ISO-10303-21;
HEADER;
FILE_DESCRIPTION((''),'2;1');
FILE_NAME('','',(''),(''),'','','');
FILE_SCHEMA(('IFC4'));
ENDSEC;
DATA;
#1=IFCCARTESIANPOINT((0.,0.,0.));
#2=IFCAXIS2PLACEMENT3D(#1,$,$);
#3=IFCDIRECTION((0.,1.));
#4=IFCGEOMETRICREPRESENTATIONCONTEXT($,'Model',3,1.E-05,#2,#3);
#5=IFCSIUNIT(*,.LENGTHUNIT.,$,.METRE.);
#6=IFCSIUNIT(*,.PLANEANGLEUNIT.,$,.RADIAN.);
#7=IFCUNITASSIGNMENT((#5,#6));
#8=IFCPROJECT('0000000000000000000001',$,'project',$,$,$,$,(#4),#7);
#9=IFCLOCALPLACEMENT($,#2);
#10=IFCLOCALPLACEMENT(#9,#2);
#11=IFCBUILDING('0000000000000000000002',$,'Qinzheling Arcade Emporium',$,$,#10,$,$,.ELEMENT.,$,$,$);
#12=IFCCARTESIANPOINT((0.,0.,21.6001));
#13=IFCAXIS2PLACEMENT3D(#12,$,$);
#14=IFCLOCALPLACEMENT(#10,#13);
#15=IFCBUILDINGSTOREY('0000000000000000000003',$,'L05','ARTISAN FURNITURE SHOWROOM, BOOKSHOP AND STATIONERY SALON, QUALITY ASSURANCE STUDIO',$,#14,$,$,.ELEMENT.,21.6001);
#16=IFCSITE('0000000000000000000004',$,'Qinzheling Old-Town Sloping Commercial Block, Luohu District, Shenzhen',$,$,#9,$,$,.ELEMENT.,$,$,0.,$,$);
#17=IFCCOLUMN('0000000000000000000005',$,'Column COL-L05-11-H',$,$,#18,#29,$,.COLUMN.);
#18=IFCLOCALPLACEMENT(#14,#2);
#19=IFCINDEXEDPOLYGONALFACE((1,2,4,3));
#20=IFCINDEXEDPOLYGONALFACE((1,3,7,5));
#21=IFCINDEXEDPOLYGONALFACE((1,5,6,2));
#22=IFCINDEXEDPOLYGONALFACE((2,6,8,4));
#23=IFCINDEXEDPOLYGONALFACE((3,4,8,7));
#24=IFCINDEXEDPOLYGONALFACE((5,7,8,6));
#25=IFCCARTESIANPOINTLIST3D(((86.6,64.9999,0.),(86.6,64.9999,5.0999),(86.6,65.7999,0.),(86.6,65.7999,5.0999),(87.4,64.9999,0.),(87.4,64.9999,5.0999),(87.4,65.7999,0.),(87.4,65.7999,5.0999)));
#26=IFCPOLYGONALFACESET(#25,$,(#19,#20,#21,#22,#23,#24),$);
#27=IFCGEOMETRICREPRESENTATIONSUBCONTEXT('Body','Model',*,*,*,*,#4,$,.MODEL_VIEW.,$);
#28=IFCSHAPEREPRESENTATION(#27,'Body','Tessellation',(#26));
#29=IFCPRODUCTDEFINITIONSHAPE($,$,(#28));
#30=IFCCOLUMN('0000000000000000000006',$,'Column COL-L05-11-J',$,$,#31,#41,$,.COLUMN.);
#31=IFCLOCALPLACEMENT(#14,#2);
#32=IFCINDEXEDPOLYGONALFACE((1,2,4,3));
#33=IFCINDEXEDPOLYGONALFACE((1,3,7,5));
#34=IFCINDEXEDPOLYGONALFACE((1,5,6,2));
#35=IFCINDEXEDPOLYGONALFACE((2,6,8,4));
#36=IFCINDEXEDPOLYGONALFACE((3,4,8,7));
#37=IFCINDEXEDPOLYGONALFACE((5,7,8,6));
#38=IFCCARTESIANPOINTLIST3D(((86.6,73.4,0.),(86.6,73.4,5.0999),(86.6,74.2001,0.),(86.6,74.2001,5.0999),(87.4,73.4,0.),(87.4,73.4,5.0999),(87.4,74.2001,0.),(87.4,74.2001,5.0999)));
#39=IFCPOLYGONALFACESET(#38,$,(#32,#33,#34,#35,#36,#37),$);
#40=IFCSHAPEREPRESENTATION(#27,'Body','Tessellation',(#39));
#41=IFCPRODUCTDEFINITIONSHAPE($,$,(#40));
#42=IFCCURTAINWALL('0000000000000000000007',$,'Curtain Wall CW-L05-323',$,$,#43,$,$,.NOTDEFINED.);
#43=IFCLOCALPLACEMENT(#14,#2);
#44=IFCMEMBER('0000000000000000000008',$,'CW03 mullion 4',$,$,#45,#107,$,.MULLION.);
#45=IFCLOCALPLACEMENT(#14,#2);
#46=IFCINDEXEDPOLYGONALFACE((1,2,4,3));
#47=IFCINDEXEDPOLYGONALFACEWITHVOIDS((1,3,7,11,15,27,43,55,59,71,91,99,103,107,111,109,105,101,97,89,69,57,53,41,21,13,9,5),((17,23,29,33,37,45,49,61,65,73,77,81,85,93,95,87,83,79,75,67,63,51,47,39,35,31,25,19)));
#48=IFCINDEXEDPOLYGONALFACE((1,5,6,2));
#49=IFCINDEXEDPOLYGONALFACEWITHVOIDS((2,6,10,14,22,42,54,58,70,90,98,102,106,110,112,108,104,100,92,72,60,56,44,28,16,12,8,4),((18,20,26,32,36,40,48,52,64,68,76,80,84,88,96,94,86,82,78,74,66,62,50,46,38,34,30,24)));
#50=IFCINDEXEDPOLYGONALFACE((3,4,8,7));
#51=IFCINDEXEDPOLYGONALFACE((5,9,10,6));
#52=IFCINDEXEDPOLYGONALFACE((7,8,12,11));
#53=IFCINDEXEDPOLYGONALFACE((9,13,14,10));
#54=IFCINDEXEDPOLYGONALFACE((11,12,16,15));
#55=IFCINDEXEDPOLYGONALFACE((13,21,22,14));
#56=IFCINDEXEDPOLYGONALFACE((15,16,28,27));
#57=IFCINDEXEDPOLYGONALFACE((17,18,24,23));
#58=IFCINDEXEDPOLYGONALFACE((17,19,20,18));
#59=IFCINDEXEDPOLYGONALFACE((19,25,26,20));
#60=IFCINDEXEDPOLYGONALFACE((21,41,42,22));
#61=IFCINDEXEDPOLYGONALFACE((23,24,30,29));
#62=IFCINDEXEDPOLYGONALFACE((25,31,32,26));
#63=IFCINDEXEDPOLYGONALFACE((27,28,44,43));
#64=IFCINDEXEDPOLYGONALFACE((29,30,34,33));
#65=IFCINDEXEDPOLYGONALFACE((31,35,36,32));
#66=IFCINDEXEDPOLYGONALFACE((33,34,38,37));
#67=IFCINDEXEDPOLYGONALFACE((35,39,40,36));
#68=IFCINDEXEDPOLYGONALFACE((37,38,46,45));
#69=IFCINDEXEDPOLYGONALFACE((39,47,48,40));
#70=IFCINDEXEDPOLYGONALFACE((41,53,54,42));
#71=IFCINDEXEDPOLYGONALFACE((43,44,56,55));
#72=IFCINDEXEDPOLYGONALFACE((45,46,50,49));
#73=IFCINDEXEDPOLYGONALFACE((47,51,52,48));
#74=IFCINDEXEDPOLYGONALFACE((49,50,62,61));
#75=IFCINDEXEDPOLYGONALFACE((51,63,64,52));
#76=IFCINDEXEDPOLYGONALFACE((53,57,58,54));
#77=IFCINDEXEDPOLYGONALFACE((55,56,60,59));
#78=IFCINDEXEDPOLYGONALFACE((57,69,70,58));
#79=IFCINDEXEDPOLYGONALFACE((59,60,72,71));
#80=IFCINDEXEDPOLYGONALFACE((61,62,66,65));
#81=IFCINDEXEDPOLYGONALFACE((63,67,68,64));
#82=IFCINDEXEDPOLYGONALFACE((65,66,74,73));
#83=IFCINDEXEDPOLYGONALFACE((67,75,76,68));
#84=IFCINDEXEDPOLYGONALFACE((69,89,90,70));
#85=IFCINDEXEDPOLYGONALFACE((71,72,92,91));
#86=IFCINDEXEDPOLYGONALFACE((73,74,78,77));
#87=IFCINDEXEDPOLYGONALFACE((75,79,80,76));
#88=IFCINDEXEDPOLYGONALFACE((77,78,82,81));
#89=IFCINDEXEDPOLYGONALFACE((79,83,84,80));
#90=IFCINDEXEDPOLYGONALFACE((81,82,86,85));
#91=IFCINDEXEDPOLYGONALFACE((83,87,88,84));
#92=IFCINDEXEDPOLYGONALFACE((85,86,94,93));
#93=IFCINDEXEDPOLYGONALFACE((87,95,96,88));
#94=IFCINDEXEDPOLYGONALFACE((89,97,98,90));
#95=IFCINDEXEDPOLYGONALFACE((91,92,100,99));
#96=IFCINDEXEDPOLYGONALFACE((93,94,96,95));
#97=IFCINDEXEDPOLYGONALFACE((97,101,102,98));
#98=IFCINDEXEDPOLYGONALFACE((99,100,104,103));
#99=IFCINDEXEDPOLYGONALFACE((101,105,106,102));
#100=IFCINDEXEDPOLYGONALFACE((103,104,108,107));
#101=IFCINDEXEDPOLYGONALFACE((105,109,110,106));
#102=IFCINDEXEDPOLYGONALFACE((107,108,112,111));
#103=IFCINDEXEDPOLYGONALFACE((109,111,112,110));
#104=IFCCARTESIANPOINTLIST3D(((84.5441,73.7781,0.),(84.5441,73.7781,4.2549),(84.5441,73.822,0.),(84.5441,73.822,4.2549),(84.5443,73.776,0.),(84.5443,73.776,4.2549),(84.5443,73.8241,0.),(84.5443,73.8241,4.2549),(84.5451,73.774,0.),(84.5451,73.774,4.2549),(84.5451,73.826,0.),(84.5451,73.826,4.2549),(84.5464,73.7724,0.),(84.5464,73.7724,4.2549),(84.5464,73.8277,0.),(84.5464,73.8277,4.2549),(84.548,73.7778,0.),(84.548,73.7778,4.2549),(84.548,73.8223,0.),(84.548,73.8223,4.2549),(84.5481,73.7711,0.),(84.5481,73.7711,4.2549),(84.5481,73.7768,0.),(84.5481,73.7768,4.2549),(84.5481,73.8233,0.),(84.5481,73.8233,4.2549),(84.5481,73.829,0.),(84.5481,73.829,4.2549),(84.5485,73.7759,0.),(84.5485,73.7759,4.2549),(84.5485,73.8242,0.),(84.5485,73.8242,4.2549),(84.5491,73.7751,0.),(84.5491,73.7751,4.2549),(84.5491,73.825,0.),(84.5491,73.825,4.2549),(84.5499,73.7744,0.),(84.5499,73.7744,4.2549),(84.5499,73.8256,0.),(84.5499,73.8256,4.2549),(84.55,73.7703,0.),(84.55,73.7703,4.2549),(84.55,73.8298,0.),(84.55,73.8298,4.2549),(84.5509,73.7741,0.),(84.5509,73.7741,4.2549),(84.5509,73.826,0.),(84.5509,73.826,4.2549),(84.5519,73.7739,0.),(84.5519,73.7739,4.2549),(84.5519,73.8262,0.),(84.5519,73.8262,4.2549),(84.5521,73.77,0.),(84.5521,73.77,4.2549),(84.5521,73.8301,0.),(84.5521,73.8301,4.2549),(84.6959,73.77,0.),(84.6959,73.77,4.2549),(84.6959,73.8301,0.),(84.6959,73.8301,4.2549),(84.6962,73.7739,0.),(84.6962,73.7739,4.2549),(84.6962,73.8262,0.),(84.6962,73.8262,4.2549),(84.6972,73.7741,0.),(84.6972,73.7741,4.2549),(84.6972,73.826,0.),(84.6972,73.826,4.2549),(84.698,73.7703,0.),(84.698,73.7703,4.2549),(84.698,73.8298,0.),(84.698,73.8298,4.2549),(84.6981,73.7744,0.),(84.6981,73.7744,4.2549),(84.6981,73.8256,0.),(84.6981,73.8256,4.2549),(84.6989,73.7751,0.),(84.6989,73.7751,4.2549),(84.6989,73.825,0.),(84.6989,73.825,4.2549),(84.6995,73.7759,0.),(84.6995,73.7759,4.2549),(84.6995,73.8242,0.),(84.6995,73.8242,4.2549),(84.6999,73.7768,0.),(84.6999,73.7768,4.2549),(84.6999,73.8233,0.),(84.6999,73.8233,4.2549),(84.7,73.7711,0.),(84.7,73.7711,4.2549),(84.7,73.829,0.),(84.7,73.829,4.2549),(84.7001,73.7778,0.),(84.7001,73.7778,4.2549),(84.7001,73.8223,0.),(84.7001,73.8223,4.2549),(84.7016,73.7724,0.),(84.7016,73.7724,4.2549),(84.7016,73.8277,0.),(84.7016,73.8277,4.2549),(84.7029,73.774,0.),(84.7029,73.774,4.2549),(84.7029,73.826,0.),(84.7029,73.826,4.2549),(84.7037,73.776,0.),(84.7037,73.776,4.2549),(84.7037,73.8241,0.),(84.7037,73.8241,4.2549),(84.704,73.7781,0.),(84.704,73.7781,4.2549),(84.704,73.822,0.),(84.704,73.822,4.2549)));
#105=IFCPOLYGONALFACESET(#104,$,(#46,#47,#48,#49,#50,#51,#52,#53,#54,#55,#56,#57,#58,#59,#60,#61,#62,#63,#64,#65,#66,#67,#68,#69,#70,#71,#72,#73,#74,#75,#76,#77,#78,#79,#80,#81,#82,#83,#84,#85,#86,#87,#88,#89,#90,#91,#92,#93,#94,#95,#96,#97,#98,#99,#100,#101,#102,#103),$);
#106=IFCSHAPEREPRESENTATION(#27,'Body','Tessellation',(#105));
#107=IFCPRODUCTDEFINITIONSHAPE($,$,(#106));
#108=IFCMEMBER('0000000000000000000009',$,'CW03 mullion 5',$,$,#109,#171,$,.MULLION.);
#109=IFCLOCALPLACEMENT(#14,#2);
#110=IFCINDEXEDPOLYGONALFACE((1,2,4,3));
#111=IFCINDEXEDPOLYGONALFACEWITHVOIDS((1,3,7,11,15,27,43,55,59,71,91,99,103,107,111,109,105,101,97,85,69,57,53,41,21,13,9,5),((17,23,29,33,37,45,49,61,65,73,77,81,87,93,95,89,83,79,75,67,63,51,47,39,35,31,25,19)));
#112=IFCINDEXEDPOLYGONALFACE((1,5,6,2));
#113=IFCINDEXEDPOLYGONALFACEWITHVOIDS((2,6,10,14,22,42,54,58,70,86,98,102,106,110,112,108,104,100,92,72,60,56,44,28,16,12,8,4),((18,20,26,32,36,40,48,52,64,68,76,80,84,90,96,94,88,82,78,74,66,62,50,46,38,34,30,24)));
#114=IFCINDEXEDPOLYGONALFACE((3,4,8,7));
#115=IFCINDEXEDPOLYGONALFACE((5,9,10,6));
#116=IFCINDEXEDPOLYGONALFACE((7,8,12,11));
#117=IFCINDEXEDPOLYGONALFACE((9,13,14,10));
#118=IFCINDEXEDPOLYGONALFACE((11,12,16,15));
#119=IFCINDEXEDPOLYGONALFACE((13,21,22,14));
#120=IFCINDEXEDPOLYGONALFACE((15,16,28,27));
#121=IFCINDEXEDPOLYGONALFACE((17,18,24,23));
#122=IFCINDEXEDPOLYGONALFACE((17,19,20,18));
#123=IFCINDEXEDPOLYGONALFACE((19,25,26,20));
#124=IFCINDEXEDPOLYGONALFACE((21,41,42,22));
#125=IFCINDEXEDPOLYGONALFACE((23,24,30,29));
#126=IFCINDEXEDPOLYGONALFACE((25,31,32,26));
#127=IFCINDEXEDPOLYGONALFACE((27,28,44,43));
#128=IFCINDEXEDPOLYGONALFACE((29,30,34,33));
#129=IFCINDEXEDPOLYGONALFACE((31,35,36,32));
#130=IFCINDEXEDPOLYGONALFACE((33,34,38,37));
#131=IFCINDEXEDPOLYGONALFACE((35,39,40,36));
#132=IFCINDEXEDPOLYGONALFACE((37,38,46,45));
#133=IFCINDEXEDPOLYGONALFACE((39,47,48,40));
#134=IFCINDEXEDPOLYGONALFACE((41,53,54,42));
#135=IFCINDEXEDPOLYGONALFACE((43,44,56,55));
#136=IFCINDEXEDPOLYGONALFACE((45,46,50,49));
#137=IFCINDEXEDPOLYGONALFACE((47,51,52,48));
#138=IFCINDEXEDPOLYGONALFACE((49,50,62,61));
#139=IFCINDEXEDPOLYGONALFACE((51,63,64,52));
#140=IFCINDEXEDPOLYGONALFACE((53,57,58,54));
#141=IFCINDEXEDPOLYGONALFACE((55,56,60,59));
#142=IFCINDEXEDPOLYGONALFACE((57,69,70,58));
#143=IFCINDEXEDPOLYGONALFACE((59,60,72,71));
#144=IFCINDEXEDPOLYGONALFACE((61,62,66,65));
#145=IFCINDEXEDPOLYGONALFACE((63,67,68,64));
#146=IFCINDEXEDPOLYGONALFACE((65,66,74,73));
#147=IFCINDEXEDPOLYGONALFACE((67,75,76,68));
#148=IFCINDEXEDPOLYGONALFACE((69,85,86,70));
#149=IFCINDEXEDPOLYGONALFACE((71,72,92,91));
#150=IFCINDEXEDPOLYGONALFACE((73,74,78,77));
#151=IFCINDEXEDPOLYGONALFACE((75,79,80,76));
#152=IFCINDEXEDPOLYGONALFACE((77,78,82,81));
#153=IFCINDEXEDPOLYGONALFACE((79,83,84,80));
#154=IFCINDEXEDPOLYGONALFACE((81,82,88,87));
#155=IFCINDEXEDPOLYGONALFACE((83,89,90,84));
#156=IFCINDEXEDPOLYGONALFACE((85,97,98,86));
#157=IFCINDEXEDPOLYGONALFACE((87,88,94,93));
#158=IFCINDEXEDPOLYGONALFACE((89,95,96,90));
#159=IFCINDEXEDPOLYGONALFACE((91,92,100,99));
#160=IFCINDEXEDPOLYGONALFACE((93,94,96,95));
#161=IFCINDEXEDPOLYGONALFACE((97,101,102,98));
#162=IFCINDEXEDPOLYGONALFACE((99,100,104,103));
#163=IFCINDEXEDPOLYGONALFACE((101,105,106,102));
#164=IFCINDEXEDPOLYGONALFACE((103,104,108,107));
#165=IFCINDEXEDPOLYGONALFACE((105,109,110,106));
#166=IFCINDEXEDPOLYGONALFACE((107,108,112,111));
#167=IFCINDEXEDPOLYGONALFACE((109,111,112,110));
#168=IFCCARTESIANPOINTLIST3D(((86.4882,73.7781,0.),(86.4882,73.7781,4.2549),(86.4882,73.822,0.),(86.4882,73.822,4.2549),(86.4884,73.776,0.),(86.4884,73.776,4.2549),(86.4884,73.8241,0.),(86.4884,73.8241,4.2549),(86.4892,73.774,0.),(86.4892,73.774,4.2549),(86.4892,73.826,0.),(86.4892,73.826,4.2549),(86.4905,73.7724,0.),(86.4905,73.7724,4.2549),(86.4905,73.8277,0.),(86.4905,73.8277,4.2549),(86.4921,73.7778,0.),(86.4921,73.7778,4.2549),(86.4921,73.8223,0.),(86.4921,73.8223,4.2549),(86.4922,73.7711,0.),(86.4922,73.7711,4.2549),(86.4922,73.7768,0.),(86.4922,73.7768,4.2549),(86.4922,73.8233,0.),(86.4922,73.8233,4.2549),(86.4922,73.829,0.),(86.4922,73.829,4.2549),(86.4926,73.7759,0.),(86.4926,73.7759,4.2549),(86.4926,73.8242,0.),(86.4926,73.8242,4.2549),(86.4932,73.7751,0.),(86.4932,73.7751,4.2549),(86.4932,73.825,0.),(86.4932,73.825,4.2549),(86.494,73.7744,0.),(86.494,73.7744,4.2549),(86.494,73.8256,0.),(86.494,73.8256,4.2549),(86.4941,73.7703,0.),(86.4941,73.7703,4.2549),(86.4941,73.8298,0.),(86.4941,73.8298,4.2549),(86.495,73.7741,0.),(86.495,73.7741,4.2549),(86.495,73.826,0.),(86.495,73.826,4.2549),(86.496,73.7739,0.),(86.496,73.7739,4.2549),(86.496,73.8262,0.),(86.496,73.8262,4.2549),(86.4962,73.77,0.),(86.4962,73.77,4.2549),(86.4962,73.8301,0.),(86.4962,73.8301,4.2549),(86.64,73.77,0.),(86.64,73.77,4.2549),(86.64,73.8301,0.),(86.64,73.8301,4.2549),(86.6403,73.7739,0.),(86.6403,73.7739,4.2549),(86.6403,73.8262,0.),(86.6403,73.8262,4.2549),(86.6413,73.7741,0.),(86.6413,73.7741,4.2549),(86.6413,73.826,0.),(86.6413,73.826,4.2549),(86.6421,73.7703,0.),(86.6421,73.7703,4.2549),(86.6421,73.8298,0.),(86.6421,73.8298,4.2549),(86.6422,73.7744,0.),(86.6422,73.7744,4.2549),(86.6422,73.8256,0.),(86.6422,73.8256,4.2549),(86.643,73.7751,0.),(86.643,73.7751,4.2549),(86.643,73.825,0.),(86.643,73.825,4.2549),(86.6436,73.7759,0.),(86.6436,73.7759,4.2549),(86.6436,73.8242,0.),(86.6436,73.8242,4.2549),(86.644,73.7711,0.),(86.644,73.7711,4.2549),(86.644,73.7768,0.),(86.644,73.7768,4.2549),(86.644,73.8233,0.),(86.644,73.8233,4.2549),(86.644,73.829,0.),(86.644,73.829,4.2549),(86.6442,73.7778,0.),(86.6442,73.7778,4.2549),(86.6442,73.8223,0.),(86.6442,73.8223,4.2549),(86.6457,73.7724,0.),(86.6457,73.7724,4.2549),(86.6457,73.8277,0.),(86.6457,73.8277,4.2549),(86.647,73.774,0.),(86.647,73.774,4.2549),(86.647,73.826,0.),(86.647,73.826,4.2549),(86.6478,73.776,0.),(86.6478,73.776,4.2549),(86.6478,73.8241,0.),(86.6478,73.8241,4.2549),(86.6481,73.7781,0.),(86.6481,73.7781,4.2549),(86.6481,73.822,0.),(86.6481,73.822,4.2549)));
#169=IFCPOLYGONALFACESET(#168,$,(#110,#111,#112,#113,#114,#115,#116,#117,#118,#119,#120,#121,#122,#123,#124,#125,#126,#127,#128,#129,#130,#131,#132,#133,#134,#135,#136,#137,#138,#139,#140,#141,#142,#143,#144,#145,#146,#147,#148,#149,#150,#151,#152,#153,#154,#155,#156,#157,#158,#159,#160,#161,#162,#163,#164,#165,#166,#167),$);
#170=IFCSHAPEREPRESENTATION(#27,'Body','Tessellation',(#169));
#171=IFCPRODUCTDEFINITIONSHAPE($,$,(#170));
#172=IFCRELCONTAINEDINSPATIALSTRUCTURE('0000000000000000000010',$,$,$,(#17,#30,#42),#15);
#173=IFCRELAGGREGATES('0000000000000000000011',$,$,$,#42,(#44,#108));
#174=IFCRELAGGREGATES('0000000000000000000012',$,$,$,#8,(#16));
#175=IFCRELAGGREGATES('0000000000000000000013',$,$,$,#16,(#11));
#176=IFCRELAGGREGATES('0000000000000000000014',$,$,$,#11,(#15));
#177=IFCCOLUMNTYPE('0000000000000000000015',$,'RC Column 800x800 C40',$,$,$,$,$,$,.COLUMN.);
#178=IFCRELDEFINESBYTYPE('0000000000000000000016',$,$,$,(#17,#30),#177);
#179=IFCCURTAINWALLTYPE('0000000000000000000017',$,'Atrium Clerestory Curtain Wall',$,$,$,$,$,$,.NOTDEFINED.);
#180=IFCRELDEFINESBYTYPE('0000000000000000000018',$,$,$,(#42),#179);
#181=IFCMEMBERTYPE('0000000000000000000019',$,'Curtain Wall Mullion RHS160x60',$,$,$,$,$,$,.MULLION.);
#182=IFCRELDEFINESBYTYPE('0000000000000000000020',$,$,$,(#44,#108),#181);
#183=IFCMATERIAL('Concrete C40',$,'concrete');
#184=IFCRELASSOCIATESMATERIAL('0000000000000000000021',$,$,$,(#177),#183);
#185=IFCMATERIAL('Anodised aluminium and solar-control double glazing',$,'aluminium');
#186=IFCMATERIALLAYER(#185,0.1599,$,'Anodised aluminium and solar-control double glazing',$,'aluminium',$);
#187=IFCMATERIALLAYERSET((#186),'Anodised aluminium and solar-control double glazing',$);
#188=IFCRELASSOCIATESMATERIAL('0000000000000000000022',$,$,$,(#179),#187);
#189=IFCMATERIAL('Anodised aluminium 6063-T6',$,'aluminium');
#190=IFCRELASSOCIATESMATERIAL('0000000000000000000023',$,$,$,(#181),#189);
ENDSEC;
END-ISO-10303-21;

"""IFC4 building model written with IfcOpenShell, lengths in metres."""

from ifc_helpers import new_model, si_unit, direction, frame, origin, origin_2d, place, context, subcontext, project, spatial, rectangle, hollow_rectangle, extrude, material, layer, layer_set, material_profile, profile_set, type_object, element, aggregate, save


model = new_model("IFC4")

# Units and contexts
model_context = context("Model", 3, precision=1e-05, world=origin(), true_north=direction((0.0, 1.0)))
body_context = subcontext(model_context, "Body", "Model", "MODEL_VIEW")
ifc_project = project(units=[si_unit("LENGTHUNIT", "METRE"), si_unit("PLANEANGLEUNIT", "RADIAN")], contexts=[model_context])

# Site, building, storey
site_placement = place(None, origin())
site = spatial("IfcSite", under=ifc_project, at=site_placement, Name="Qinzheling Old-Town Sloping Commercial Block, Luohu District, Shenzhen", CompositionType="ELEMENT", RefElevation=0.0)
building_placement = place(site_placement, origin())
building = spatial("IfcBuilding", under=site, at=building_placement, Name="Qinzheling Arcade Emporium", CompositionType="ELEMENT")
storey_placement = place(building_placement, frame((0.0, 0.0, 21.6001)))
storey = spatial("IfcBuildingStorey", under=building, at=storey_placement, Name="L05", Description="ARTISAN FURNITURE SHOWROOM, BOOKSHOP AND STATIONERY SALON, QUALITY ASSURANCE STUDIO", CompositionType="ELEMENT", Elevation=21.6001)

# Columns
ifc_material_1 = material(Name="Concrete C40", Category="concrete")
ifc_material_profile_1 = material_profile(ifc_material_1, rectangle(XDim=0.8, YDim=0.8, at=origin_2d()), Name="RC 800x800", Category="concrete")
ifc_profile_set_1 = profile_set([ifc_material_profile_1], Name="Concrete C40")
column_type = type_object("IfcColumnType", Name="RC Column 800x800 C40", PredefinedType="COLUMN", material=ifc_profile_set_1)
for number, where, z_axis, x_axis, name in (
    (1, (87.0, 65.3999, 0.0), (0.0, 0.0, 1.0), (1.0, 0.0, 0.0), "Column COL-L05-11-H"),
    (2, (87.0, 73.8, 0.0), (0.0, 0.0, 1.0), (1.0, 0.0, 0.0), "Column COL-L05-11-J"),
):
    element("IfcColumn", number, at=place(storey_placement, frame(where, z_axis=z_axis, x_axis=x_axis)), inside=storey, type_object=column_type, Name=name, PredefinedType="COLUMN", context=body_context, shape_type="SweptSolid", body=[
        extrude(rectangle(XDim=0.8, YDim=0.8, at=origin_2d()), origin(), (0.0, 0.0, 1.0), 5.0999),
    ])

# Curtain wall, members
ifc_material_2 = material(Name="Anodised aluminium and solar-control double glazing", Category="aluminium")
ifc_layer_1 = layer(ifc_material_2, 0.1599, Name="Anodised aluminium and solar-control double glazing", Category="aluminium")
ifc_layer_set_1 = layer_set([ifc_layer_1], Name="Anodised aluminium and solar-control double glazing")
curtain_wall_type = type_object("IfcCurtainWallType", Name="Atrium Clerestory Curtain Wall", PredefinedType="NOTDEFINED", material=ifc_layer_set_1)
curtain_wall_1_placement = place(storey_placement, origin())
curtain_wall_1 = element("IfcCurtainWall", 3, at=curtain_wall_1_placement, inside=storey, type_object=curtain_wall_type, Name="Curtain Wall CW-L05-323", PredefinedType="NOTDEFINED")
ifc_material_3 = material(Name="Anodised aluminium 6063-T6", Category="aluminium")
ifc_material_profile_2 = material_profile(ifc_material_3, hollow_rectangle(XDim=0.0601, YDim=0.1599, WallThickness=0.0039, InnerFilletRadius=0.0039, OuterFilletRadius=0.0081, at=origin_2d()), Name="RHS 160x60x4", Category="aluminium")
ifc_profile_set_2 = profile_set([ifc_material_profile_2], Name="Anodised aluminium 6063-T6")
member_type_1 = type_object("IfcMemberType", Name="Curtain Wall Mullion RHS160x60", PredefinedType="MULLION", material=ifc_profile_set_2)
member_1_placement = place(storey_placement, frame((84.624, 73.8, 0.0), z_axis=(0.0, 0.0, 1.0), x_axis=(0.0, 1.0, 0.0)))
member_1 = element("IfcMember", 4, at=member_1_placement, type_object=member_type_1, Name="CW03 mullion 4", PredefinedType="MULLION", context=body_context, shape_type="SweptSolid", body=[
    extrude(hollow_rectangle(XDim=0.0601, YDim=0.1599, WallThickness=0.0039, InnerFilletRadius=0.0039, OuterFilletRadius=0.0081, at=origin_2d()), origin(), (0.0, 0.0, 1.0), 4.2549),
])
member_2_placement = place(storey_placement, frame((86.5681, 73.8, 0.0), z_axis=(0.0, 0.0, 1.0), x_axis=(0.0, 1.0, 0.0)))
member_2 = element("IfcMember", 5, at=member_2_placement, type_object=member_type_1, Name="CW03 mullion 5", PredefinedType="MULLION", context=body_context, shape_type="SweptSolid", body=[
    extrude(hollow_rectangle(XDim=0.0601, YDim=0.1599, WallThickness=0.0039, InnerFilletRadius=0.0039, OuterFilletRadius=0.0081, at=origin_2d()), origin(), (0.0, 0.0, 1.0), 4.2549),
])

aggregate(curtain_wall_1, [member_1, member_2])

save(model, "model.ifc")
